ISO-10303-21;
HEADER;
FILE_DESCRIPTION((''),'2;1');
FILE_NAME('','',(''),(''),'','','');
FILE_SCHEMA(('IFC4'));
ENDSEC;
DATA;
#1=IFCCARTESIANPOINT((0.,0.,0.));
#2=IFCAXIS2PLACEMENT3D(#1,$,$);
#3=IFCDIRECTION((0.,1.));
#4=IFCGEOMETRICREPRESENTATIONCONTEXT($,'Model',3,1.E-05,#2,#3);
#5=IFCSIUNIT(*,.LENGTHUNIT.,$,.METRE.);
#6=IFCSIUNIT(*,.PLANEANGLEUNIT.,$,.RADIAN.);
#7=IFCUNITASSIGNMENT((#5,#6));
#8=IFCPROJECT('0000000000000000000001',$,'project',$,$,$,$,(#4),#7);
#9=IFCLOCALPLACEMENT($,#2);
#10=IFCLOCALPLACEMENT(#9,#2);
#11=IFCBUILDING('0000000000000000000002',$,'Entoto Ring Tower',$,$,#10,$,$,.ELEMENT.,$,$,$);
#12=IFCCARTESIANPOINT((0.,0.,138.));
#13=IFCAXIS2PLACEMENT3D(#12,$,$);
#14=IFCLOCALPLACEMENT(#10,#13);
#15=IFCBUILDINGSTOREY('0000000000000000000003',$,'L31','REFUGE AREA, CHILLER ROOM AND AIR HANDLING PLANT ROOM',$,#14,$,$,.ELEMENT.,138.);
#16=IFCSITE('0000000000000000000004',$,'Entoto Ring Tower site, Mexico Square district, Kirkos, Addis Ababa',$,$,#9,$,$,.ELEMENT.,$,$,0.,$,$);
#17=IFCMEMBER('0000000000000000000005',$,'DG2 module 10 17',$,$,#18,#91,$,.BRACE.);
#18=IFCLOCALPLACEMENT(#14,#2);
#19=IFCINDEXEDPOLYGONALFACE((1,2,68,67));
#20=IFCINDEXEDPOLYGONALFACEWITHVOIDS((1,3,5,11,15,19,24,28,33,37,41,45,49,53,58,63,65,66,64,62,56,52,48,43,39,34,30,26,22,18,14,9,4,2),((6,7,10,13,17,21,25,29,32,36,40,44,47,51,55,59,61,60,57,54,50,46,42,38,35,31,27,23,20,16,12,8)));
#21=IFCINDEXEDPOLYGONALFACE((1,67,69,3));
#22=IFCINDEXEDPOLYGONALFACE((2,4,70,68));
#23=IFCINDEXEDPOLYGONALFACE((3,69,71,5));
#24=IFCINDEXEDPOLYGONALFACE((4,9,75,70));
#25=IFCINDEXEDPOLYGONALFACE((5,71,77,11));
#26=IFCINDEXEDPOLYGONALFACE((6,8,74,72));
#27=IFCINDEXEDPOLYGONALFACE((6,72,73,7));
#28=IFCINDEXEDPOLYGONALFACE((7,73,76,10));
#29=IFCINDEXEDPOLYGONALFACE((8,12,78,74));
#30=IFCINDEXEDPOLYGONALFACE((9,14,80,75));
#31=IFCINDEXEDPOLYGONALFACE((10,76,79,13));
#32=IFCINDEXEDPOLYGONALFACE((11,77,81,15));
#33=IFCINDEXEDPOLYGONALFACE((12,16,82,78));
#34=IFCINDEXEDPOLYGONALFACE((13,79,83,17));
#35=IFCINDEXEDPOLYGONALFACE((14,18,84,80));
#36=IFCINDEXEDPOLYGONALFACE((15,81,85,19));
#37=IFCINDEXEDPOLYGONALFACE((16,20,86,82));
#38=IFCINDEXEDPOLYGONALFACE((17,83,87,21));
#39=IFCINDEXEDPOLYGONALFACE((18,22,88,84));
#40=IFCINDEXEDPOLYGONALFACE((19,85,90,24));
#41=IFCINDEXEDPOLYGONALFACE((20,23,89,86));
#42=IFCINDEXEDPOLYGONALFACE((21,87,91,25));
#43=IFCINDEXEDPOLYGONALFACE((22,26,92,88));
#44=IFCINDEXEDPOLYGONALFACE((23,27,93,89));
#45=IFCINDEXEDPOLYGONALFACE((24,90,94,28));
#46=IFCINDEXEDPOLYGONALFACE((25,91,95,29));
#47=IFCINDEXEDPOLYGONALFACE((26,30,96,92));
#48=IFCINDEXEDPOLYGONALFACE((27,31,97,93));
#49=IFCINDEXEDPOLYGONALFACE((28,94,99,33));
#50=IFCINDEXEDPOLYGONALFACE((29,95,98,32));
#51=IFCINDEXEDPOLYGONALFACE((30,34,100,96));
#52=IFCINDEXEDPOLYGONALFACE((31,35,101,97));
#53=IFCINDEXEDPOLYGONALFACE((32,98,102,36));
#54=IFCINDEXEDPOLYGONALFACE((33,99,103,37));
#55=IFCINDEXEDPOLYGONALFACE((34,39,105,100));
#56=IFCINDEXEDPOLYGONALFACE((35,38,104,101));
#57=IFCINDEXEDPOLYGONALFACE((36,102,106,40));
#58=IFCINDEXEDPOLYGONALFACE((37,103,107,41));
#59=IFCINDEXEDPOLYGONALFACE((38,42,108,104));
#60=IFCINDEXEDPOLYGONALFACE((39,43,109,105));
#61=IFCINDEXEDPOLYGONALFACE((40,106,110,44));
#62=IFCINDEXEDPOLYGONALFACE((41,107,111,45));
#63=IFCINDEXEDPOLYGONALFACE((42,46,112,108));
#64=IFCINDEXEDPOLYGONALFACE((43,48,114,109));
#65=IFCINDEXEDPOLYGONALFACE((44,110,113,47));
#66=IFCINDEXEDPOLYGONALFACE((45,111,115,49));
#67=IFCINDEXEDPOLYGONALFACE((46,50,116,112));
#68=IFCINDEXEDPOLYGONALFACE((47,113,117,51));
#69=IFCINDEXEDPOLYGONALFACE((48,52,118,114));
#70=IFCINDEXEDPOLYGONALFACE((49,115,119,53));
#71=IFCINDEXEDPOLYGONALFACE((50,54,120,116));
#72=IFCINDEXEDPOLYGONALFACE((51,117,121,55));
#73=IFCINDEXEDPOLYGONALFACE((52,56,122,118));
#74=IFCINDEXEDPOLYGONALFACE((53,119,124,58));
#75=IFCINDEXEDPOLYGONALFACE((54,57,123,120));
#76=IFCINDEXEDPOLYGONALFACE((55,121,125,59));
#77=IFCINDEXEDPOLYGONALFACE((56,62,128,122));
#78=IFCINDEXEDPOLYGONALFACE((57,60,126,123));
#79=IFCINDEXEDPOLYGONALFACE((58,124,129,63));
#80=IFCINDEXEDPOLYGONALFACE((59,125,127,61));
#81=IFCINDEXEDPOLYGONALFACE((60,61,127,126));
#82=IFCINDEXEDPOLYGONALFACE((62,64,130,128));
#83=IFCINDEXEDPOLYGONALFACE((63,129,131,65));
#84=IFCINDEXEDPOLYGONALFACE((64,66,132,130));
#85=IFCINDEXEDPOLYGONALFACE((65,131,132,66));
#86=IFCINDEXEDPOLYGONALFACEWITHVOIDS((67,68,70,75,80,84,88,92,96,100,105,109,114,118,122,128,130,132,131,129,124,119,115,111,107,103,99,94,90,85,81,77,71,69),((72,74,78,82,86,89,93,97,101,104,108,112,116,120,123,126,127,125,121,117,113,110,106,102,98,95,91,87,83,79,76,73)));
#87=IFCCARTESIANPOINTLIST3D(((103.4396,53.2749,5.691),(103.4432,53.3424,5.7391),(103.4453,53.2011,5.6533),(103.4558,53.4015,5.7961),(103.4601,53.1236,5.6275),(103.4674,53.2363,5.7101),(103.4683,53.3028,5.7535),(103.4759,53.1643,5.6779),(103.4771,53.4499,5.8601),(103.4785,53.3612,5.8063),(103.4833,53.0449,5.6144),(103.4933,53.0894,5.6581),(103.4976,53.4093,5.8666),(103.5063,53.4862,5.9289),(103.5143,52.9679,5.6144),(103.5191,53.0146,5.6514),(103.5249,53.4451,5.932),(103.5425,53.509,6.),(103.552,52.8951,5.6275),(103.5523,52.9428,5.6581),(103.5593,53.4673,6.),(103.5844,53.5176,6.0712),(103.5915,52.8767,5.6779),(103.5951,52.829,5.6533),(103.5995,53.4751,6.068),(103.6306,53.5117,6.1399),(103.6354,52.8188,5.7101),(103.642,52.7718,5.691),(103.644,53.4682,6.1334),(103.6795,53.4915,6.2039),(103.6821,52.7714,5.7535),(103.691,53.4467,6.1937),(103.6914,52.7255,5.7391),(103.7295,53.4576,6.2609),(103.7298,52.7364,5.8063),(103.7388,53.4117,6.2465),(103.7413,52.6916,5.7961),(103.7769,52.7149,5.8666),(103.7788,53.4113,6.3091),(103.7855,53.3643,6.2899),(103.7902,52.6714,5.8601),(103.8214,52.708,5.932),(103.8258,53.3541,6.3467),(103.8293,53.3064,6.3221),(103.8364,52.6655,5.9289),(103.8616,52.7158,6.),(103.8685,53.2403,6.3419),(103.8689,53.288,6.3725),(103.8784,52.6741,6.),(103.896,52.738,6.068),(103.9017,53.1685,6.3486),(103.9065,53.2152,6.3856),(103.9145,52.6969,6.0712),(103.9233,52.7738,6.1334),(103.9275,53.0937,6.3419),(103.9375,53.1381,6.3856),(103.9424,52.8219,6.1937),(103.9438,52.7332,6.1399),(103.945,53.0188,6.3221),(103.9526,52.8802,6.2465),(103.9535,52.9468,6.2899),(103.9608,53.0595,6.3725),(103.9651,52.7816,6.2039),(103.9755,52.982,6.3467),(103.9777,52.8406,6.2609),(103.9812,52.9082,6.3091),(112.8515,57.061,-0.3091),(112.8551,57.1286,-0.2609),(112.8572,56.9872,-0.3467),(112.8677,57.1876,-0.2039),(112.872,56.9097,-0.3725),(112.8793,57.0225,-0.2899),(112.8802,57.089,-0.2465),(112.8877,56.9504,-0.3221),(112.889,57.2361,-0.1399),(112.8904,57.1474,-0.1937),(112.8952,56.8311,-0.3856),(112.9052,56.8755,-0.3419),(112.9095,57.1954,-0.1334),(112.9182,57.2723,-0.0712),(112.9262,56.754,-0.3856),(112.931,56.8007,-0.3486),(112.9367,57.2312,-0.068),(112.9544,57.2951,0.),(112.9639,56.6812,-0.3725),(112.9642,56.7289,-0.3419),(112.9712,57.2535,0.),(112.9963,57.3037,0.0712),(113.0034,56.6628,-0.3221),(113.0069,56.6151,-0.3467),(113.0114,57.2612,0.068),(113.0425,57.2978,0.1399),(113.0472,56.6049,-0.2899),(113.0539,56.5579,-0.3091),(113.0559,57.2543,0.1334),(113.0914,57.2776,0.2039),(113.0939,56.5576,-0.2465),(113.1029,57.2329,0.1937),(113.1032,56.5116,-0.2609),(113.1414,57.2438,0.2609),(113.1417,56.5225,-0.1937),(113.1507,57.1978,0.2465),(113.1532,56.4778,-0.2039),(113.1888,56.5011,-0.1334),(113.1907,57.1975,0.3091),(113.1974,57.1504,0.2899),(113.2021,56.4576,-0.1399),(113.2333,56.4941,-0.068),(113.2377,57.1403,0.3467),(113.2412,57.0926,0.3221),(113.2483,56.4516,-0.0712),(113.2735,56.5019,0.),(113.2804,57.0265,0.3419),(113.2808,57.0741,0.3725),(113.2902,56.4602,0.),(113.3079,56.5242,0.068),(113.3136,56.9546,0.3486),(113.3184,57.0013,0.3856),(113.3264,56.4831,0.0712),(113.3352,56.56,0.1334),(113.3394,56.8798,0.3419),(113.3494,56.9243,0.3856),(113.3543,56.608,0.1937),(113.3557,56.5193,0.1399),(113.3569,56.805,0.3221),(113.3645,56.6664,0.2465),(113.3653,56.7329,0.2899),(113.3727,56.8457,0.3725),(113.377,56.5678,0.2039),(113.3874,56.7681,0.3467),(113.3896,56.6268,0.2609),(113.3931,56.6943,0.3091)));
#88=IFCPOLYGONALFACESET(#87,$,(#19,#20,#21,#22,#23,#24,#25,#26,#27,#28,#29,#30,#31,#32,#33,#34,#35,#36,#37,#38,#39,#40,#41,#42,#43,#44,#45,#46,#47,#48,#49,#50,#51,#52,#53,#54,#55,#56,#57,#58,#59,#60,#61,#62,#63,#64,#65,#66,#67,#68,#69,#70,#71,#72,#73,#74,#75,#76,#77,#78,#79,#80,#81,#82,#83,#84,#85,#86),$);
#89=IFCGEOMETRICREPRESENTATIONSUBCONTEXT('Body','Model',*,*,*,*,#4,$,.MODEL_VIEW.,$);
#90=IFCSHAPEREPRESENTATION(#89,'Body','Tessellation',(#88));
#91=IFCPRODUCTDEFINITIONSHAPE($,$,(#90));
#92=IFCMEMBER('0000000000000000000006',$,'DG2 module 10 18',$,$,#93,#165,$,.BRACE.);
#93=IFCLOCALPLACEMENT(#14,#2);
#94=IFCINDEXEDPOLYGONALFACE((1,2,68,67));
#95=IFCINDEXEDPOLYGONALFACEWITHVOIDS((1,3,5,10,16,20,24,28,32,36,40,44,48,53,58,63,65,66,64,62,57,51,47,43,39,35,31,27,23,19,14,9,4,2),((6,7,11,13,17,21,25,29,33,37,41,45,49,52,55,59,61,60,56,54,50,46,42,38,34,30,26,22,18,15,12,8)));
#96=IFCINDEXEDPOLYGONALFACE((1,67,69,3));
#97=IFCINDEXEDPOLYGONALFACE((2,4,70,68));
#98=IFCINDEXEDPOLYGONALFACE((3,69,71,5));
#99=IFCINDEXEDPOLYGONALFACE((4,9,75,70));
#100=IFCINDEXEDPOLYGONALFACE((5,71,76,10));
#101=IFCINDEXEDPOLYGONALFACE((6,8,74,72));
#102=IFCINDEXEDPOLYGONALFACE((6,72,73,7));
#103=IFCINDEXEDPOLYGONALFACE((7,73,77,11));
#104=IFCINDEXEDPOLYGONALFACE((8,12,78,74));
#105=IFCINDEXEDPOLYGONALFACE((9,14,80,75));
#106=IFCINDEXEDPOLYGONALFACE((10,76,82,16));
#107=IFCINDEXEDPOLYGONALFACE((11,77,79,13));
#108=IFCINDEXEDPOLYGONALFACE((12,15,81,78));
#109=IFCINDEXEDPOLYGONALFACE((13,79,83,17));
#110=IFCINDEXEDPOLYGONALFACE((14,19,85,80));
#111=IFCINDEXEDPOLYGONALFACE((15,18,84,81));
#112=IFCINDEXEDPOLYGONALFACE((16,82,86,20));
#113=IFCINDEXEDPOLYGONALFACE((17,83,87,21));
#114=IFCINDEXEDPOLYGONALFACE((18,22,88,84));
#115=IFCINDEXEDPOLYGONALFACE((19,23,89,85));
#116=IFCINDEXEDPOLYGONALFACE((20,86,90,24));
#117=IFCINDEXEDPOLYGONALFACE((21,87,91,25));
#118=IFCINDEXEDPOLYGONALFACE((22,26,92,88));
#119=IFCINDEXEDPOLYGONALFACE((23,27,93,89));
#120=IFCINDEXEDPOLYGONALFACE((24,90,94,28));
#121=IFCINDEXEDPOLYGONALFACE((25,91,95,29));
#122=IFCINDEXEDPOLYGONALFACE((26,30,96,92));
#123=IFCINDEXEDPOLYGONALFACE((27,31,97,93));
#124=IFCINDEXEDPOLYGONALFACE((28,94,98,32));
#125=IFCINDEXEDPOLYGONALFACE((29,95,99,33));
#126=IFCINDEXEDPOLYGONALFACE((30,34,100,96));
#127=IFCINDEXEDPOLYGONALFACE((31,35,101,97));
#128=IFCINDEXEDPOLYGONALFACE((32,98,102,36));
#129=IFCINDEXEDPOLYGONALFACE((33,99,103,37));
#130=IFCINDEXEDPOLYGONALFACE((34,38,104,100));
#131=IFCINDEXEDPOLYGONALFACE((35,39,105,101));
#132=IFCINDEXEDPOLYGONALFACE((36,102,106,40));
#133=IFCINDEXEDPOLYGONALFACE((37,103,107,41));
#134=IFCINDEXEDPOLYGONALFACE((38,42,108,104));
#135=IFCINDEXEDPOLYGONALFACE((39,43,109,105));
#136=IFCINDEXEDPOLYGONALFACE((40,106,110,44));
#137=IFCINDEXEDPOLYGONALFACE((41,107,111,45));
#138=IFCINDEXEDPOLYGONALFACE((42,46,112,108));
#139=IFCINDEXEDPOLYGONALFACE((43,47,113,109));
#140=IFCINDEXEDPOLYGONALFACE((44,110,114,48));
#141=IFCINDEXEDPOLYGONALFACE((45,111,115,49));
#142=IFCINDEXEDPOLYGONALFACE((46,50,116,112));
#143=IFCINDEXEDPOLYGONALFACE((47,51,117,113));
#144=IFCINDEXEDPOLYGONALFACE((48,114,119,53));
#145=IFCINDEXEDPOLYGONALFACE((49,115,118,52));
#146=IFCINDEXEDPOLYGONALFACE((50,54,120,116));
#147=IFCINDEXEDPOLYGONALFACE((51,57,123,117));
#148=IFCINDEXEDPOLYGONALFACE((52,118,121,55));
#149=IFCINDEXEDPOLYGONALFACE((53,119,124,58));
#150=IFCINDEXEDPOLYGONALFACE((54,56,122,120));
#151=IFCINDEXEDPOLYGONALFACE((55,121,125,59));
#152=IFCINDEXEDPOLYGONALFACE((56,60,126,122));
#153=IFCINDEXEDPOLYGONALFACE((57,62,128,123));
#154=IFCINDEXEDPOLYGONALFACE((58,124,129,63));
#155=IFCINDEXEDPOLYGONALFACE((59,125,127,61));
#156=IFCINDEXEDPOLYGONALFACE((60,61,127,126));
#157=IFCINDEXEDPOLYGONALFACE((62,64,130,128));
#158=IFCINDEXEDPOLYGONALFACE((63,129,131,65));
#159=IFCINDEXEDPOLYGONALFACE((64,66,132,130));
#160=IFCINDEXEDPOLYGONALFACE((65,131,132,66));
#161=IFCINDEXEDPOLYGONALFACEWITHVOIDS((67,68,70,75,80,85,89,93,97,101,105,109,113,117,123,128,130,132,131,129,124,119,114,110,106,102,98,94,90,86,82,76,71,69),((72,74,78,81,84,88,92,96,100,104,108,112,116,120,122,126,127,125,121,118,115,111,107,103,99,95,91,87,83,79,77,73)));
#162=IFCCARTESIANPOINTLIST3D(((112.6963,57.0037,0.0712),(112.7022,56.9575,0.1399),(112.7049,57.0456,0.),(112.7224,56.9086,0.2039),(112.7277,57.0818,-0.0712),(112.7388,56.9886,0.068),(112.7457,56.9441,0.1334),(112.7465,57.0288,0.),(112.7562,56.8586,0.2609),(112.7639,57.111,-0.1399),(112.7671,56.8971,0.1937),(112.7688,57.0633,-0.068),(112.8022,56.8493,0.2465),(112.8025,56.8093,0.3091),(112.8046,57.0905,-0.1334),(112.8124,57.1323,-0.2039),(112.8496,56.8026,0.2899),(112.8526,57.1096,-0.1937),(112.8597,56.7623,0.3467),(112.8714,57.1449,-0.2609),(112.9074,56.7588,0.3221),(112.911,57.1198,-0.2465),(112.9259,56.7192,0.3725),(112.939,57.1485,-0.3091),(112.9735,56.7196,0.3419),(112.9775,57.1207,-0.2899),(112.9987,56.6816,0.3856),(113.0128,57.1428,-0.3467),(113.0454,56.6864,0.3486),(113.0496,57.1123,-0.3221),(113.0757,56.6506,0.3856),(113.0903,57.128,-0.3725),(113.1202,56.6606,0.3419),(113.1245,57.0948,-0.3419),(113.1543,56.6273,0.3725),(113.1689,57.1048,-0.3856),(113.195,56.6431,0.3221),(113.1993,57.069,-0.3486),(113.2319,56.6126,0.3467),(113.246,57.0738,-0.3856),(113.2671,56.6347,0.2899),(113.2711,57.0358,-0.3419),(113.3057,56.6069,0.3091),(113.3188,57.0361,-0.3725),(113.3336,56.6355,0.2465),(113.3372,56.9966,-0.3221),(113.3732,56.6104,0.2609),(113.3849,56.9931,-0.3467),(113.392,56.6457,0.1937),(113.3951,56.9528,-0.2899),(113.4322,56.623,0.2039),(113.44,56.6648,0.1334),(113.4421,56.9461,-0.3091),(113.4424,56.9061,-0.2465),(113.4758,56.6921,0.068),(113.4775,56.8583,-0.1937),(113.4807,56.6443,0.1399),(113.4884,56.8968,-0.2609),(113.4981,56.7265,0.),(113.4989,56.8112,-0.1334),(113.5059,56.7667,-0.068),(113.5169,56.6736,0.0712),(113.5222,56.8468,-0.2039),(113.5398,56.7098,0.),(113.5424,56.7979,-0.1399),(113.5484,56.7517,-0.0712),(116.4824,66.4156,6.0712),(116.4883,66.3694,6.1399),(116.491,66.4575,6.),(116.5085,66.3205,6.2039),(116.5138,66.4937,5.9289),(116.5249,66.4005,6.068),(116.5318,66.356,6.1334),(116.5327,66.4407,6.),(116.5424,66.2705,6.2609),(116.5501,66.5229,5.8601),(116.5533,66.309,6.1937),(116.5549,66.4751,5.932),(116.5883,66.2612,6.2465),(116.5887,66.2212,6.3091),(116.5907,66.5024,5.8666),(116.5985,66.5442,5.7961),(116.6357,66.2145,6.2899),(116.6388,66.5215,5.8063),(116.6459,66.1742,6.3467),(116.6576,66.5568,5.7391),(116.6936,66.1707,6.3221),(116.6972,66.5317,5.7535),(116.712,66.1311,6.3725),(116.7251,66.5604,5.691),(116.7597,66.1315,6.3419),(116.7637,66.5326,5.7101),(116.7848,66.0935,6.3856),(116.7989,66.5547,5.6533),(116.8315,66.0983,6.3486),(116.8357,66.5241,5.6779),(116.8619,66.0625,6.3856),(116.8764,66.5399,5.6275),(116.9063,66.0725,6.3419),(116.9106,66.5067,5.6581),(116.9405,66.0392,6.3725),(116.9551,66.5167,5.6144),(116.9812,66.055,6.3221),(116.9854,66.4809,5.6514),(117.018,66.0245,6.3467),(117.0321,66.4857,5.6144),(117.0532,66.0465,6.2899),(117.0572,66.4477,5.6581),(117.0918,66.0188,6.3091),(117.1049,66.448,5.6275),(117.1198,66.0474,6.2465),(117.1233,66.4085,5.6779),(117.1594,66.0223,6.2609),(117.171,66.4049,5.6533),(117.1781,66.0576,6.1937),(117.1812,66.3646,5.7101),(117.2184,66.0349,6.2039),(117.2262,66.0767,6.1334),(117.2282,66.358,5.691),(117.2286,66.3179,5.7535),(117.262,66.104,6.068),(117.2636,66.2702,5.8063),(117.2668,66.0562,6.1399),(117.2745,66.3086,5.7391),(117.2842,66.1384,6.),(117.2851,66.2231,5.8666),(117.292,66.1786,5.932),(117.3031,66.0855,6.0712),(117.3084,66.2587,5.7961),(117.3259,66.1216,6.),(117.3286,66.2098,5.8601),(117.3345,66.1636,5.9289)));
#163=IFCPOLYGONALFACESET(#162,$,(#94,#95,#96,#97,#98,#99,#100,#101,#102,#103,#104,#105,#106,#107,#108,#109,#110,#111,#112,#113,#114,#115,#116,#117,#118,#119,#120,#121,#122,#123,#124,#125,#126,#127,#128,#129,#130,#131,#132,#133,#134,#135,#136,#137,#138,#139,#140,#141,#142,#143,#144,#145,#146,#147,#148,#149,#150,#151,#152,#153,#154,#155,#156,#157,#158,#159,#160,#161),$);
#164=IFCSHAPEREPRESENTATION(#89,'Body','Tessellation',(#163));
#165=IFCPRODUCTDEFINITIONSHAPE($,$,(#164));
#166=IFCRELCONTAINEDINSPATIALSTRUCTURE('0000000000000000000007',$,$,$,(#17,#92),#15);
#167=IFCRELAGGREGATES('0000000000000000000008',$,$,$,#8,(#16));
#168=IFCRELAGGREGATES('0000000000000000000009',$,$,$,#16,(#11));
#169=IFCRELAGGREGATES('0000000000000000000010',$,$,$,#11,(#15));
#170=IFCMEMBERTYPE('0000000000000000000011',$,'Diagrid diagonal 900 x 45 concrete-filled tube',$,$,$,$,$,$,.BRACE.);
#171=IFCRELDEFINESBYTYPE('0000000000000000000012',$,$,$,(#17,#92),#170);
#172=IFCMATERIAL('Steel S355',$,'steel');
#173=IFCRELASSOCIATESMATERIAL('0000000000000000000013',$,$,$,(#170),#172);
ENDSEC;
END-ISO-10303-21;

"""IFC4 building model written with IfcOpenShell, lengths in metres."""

from ifc_helpers import new_model, si_unit, direction, frame, origin, origin_2d, place, context, subcontext, project, spatial, circle, hollow_circle, extrude, material, material_profile, profile_set, type_object, element, save


model = new_model("IFC4")

# Units and contexts
model_context = context("Model", 3, precision=1e-05, world=origin(), true_north=direction((0.0, 1.0)))
body_context = subcontext(model_context, "Body", "Model", "MODEL_VIEW")
ifc_project = project(units=[si_unit("LENGTHUNIT", "METRE"), si_unit("PLANEANGLEUNIT", "RADIAN")], contexts=[model_context])

# Site, building, storey
site_placement = place(None, origin())
site = spatial("IfcSite", under=ifc_project, at=site_placement, Name="Entoto Ring Tower site, Mexico Square district, Kirkos, Addis Ababa", CompositionType="ELEMENT", RefElevation=0.0)
building_placement = place(site_placement, origin())
building = spatial("IfcBuilding", under=site, at=building_placement, Name="Entoto Ring Tower", CompositionType="ELEMENT")
storey_placement = place(building_placement, frame((0.0, 0.0, 138.0)))
storey = spatial("IfcBuildingStorey", under=building, at=storey_placement, Name="L31", Description="REFUGE AREA, CHILLER ROOM AND AIR HANDLING PLANT ROOM", CompositionType="ELEMENT", Elevation=138.0)

# Members
ifc_material_1 = material(Name="Steel S355", Category="steel")
ifc_material_profile_1 = material_profile(ifc_material_1, hollow_circle(Radius=0.45, WallThickness=0.0449, at=origin_2d()), Name="CHS 900 x 45")
ifc_material_2 = material(Name="Concrete C60/75", Category="concrete")
ifc_material_profile_2 = material_profile(ifc_material_2, circle(Radius=0.405, at=origin_2d()), Name="Concrete C60/75 infill")
ifc_profile_set_1 = profile_set([ifc_material_profile_1, ifc_material_profile_2], Name="Steel S355")
member_type_1 = type_object("IfcMemberType", Name="Diagrid diagonal 900 x 45 concrete-filled tube", PredefinedType="BRACE", material=ifc_profile_set_1)
for number, where, z_axis, x_axis, name in (
    (1, (113.1223, 56.8777, 0.0), (-0.79854, -0.32123, 0.509064), (0.373207, -0.927748, 0.0), "DG2 module 10 17"),
    (2, (113.1223, 56.8777, 0.0), (0.32123, 0.79854, 0.509064), (-0.927748, 0.373207, 0.0), "DG2 module 10 18"),
):
    element("IfcMember", number, at=place(storey_placement, frame(where, z_axis=z_axis, x_axis=x_axis)), inside=storey, type_object=member_type_1, Name=name, PredefinedType="BRACE", context=body_context, shape_type="SweptSolid", body=[
        extrude(hollow_circle(Radius=0.45, WallThickness=0.0449, at=origin_2d()), origin(), (0.0, 0.0, 1.0), 11.7864),
    ])

save(model, "model.ifc")
